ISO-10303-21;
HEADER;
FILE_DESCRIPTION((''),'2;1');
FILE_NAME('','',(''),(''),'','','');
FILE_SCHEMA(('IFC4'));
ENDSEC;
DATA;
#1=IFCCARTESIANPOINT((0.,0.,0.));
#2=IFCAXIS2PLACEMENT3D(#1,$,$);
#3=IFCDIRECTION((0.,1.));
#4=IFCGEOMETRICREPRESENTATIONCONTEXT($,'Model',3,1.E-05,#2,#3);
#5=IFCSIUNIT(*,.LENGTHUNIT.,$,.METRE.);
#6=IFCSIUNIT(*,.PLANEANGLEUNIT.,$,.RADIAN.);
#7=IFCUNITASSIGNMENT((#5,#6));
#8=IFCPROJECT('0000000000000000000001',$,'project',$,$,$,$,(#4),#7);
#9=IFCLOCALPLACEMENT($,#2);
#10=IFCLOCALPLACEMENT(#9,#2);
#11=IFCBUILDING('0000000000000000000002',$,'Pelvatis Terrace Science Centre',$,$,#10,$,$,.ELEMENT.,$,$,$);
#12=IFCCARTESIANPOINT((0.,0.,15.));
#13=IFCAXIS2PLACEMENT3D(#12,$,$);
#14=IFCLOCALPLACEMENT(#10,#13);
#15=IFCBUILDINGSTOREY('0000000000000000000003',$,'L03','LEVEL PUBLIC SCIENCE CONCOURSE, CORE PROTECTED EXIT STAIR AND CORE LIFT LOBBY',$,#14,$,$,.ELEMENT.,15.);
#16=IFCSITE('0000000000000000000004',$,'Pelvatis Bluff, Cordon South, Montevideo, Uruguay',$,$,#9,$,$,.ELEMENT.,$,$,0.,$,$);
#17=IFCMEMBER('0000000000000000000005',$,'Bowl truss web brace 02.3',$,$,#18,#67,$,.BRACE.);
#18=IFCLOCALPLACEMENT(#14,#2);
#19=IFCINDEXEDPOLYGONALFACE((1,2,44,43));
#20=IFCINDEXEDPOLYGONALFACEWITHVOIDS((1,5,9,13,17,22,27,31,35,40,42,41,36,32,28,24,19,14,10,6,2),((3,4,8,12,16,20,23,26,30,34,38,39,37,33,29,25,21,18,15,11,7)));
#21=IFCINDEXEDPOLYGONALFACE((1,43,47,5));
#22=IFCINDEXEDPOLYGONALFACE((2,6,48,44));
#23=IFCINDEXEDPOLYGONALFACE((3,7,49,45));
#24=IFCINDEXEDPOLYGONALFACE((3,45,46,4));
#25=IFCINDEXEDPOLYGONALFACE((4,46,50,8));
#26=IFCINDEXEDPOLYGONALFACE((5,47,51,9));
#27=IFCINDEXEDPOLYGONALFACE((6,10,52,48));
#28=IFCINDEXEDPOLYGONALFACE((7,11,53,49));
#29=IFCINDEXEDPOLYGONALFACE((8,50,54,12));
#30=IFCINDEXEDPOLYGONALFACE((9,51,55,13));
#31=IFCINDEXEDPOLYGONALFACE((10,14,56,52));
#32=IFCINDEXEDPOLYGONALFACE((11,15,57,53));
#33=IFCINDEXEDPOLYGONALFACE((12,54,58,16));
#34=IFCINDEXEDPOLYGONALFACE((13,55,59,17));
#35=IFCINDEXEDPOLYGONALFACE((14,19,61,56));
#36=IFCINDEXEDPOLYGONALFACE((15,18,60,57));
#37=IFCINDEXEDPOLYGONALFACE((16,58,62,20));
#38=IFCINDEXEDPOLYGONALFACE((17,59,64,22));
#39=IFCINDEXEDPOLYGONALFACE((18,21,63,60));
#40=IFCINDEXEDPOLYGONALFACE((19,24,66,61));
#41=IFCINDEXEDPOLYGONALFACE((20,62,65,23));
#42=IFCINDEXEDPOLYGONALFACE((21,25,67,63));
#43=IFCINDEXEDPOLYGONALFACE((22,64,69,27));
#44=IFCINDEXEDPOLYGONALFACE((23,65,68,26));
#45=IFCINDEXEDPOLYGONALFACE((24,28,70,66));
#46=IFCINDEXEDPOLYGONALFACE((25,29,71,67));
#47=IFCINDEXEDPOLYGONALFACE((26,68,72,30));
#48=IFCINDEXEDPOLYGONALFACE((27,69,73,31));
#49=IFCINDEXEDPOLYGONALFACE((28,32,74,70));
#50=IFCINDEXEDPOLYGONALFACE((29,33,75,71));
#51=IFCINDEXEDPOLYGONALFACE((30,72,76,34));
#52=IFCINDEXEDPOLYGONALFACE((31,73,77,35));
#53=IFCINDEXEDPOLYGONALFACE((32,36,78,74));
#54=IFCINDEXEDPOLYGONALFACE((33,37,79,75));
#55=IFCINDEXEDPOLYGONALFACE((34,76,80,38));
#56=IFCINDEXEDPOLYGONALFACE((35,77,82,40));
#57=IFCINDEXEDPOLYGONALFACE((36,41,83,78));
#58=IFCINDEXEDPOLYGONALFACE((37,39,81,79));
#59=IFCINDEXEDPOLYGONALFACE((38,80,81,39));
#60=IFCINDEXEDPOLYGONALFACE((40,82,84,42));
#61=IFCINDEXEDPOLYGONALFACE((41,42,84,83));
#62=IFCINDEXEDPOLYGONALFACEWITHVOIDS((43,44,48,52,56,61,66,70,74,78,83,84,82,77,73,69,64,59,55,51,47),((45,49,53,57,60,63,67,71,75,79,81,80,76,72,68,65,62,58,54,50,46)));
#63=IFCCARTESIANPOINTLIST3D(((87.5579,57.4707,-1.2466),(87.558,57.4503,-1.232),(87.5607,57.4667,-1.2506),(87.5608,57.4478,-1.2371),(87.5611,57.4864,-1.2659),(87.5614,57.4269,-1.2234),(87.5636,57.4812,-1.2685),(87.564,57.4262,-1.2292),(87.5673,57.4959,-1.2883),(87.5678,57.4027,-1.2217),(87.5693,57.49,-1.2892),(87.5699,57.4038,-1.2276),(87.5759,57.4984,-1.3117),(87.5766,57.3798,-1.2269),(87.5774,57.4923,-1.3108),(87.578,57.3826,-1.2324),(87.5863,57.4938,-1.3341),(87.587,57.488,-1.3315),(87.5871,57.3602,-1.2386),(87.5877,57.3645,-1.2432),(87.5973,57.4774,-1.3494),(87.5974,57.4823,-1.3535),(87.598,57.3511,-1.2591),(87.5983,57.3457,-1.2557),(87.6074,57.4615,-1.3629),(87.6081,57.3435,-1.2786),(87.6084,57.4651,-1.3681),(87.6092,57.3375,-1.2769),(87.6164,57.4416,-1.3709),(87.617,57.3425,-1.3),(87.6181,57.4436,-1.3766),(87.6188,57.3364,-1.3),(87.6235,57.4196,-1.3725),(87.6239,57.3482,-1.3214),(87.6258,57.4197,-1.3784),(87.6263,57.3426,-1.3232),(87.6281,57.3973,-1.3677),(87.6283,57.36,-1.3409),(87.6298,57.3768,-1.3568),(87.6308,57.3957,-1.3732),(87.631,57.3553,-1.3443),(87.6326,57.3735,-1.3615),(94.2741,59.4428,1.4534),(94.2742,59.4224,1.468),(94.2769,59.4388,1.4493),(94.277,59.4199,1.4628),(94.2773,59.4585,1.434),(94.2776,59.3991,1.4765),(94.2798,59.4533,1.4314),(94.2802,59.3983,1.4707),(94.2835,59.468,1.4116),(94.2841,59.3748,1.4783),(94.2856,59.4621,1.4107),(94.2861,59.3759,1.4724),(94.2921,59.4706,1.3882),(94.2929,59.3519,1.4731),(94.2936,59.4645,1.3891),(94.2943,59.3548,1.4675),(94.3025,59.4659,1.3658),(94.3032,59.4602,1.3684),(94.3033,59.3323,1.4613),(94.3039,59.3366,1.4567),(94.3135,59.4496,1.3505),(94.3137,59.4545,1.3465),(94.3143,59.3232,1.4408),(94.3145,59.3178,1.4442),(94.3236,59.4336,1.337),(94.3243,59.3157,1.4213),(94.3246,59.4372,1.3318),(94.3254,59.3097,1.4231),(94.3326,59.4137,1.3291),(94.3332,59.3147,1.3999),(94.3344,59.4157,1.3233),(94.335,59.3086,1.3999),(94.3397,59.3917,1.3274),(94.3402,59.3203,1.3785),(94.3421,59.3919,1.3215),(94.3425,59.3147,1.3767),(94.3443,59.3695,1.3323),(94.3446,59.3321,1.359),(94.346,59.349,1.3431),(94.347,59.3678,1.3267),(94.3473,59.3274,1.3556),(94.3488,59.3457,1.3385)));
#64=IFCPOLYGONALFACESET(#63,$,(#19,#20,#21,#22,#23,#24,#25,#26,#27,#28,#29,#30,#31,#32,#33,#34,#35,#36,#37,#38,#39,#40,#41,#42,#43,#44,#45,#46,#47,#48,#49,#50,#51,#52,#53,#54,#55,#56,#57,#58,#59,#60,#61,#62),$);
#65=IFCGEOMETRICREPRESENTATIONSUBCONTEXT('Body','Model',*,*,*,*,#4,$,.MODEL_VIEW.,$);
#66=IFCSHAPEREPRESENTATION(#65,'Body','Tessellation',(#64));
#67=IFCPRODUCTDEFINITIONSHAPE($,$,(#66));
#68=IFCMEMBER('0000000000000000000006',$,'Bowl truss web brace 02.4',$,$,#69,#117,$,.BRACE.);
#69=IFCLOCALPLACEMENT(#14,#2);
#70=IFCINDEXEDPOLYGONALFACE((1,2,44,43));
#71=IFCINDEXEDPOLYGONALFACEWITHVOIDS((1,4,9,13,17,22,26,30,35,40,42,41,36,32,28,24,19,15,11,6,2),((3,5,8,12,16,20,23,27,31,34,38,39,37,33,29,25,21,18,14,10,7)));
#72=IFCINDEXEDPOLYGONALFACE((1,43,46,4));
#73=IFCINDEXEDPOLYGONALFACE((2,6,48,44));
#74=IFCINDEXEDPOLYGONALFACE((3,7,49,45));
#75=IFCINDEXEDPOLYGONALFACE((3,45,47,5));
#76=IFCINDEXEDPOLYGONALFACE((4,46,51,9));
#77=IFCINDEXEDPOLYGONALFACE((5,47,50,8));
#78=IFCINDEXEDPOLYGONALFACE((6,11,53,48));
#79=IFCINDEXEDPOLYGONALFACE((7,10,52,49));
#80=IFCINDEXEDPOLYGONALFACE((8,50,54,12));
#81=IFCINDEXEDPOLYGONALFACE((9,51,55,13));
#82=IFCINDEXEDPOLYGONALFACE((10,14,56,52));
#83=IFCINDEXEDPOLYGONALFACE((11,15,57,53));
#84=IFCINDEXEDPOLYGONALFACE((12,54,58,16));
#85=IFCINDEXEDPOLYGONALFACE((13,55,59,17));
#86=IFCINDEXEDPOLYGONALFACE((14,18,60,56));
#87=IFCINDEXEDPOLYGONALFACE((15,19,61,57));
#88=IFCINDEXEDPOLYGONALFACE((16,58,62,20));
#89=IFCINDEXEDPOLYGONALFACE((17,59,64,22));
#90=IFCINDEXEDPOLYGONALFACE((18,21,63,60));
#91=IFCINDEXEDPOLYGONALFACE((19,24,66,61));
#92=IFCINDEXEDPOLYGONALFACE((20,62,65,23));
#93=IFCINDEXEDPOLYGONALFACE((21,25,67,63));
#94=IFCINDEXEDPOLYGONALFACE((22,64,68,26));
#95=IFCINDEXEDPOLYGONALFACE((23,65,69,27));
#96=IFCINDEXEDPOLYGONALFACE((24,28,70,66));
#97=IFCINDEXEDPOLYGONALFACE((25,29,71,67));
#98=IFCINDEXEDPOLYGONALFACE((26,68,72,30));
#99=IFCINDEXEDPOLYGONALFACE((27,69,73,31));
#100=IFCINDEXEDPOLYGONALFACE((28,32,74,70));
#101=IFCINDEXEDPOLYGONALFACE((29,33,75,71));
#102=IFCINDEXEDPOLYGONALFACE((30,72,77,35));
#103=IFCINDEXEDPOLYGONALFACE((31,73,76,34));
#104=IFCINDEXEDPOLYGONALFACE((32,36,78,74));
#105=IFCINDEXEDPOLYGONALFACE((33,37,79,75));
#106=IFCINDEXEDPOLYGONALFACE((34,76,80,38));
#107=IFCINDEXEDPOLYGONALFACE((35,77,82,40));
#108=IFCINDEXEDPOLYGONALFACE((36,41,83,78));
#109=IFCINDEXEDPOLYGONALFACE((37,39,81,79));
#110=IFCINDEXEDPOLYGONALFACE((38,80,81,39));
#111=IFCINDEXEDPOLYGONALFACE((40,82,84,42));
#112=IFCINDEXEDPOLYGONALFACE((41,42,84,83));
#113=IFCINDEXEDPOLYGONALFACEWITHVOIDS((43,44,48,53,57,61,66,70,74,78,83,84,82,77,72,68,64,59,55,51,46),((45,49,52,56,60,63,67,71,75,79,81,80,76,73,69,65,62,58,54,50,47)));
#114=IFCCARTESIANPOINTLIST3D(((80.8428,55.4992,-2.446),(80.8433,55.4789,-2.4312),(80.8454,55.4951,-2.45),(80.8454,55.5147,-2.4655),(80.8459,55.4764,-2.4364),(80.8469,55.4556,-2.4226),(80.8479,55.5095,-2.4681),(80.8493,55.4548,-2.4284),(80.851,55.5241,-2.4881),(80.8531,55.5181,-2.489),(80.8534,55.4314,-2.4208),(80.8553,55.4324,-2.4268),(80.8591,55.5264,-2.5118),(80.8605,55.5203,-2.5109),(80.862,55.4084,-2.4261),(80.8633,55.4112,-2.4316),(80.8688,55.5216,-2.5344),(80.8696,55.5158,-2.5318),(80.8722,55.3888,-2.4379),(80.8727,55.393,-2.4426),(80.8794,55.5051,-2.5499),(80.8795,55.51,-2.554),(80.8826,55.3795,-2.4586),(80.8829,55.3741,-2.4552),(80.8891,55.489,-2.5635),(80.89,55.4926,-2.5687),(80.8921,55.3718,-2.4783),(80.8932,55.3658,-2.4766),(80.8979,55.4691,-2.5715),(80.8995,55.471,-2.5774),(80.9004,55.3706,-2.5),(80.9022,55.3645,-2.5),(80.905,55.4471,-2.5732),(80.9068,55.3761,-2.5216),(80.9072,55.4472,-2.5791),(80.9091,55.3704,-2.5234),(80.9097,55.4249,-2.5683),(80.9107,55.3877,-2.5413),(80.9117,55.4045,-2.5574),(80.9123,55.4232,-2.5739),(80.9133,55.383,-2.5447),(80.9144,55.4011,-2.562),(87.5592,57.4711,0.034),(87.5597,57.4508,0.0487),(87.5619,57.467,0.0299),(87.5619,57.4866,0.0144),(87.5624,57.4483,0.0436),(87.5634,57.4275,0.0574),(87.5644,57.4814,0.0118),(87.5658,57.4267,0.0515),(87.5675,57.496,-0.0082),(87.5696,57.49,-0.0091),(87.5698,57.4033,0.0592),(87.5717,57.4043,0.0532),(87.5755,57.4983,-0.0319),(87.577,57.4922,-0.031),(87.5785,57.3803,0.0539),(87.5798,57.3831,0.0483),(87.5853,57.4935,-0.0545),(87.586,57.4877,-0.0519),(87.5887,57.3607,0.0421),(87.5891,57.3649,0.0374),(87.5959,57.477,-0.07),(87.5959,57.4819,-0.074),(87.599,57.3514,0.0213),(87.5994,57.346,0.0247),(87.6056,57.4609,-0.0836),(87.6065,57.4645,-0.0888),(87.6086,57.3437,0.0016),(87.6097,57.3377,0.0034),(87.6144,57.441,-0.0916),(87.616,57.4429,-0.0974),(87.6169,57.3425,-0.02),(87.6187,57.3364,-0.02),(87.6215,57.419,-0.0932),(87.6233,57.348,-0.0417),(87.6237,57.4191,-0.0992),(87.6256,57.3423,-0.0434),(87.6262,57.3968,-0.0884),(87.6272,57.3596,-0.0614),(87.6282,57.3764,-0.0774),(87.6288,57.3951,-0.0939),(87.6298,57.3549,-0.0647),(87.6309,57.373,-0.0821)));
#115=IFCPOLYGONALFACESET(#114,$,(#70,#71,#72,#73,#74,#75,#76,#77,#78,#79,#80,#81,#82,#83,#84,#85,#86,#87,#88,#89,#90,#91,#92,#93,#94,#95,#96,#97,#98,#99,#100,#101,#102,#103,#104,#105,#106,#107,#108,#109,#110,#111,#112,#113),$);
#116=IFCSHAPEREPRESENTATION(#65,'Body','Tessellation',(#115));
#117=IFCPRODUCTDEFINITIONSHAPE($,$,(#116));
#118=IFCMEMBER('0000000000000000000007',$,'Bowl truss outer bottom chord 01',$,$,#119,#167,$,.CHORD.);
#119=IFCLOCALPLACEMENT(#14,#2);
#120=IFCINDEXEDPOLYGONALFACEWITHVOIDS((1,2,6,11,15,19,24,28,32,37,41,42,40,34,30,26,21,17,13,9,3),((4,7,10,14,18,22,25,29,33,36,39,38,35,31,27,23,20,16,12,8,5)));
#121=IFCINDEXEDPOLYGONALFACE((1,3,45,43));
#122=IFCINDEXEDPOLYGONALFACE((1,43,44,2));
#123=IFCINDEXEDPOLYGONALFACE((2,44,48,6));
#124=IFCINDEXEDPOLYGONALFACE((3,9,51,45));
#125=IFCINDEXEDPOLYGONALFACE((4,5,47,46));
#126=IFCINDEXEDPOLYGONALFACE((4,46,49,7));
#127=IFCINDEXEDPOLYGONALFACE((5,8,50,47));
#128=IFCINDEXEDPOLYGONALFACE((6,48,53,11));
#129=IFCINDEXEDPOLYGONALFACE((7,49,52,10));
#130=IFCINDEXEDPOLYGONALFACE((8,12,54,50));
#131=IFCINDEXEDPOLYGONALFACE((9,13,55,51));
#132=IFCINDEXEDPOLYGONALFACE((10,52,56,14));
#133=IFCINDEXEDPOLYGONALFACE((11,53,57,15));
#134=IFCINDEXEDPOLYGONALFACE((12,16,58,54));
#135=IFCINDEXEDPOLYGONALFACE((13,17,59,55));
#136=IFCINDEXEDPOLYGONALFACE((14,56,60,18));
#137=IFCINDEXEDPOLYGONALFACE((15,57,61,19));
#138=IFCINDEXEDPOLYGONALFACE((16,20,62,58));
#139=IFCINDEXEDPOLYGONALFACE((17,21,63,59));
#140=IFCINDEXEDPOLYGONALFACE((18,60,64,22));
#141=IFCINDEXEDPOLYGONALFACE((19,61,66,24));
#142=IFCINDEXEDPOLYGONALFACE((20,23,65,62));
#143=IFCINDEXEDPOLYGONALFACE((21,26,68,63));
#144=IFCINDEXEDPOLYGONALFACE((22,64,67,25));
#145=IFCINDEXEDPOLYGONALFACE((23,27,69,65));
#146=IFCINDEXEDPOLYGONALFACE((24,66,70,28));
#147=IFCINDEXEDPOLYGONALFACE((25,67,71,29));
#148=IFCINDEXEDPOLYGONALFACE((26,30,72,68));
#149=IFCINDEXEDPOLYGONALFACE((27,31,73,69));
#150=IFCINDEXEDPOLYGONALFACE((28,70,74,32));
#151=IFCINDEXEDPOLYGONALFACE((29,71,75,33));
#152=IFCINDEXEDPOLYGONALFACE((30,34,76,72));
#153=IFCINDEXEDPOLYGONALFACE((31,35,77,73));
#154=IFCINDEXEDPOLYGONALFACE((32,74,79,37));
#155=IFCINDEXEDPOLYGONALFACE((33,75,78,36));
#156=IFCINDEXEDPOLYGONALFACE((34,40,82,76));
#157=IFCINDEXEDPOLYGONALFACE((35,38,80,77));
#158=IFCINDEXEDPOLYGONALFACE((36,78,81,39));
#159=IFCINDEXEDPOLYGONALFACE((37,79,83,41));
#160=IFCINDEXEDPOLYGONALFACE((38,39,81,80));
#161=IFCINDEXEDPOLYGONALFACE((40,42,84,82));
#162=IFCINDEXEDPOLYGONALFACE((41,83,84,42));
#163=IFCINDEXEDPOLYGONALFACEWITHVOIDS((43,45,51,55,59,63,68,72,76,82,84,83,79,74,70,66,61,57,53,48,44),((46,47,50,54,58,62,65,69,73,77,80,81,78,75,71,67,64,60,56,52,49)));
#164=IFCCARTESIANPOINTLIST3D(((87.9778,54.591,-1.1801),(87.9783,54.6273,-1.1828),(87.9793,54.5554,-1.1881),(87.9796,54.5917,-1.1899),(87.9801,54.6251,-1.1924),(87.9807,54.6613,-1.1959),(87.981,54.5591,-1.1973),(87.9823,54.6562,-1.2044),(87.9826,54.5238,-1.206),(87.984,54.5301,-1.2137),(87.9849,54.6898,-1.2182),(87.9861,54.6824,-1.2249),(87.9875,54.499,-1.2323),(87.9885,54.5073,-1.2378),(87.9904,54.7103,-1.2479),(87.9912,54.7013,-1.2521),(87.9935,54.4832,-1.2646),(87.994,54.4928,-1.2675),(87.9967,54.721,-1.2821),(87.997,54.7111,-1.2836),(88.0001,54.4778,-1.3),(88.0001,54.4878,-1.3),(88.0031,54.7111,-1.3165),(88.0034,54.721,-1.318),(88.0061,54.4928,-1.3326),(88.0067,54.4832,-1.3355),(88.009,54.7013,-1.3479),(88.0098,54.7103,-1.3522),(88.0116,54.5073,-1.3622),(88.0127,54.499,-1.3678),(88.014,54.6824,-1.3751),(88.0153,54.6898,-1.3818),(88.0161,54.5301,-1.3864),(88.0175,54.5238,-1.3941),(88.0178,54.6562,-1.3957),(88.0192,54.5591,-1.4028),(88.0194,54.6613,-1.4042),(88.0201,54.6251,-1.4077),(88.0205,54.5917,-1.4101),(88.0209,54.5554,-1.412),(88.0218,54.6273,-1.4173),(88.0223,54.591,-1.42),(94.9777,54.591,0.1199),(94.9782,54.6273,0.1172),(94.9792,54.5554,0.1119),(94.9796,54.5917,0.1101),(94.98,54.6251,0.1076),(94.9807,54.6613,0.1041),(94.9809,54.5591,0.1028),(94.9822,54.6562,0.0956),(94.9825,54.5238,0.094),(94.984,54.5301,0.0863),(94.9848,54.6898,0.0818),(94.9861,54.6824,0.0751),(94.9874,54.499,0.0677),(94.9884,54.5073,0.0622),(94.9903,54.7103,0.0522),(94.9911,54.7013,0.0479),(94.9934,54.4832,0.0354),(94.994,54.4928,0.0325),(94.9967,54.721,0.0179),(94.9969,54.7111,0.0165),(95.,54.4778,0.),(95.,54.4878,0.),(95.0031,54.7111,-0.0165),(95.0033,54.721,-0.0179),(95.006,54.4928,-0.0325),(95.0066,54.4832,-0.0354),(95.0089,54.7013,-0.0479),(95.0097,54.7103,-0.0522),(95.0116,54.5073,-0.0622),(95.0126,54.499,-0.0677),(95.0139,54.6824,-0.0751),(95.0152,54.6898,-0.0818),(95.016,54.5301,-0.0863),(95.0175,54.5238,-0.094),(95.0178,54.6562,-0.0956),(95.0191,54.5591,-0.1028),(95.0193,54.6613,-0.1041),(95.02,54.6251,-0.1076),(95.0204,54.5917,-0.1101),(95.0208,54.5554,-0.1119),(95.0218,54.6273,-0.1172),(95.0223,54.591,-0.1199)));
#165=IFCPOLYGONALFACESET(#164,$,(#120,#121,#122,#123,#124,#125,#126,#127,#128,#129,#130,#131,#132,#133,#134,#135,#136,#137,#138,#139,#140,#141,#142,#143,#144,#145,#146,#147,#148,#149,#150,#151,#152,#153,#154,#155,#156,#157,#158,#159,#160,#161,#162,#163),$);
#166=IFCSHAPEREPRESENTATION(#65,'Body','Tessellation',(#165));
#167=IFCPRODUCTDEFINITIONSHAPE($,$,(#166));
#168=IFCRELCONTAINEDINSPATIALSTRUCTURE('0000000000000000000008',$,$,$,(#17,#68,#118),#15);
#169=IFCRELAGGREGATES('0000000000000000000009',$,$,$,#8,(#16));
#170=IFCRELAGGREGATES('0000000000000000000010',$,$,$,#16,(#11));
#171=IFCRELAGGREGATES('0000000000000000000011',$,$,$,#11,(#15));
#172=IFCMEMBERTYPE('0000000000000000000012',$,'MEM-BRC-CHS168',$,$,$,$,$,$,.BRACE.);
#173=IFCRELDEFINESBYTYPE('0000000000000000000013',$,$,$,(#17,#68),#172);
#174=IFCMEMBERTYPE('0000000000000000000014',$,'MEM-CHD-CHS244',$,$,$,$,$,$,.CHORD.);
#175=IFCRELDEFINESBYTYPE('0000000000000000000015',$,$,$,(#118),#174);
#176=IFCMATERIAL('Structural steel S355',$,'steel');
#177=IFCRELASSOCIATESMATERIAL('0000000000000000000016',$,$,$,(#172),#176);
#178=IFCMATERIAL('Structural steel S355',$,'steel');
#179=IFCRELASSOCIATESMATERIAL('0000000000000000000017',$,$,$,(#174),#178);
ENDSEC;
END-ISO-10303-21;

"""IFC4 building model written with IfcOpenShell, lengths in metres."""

from ifc_helpers import new_model, si_unit, direction, frame, origin, origin_2d, place, context, subcontext, project, spatial, hollow_circle, extrude, material, material_profile, profile_set, type_object, element, save


model = new_model("IFC4")

# Units and contexts
model_context = context("Model", 3, precision=1e-05, world=origin(), true_north=direction((0.0, 1.0)))
body_context = subcontext(model_context, "Body", "Model", "MODEL_VIEW")
ifc_project = project(units=[si_unit("LENGTHUNIT", "METRE"), si_unit("PLANEANGLEUNIT", "RADIAN")], contexts=[model_context])

# Site, building, storey
site_placement = place(None, origin())
site = spatial("IfcSite", under=ifc_project, at=site_placement, Name="Pelvatis Bluff, Cordon South, Montevideo, Uruguay", CompositionType="ELEMENT", RefElevation=0.0)
building_placement = place(site_placement, origin())
building = spatial("IfcBuilding", under=site, at=building_placement, Name="Pelvatis Terrace Science Centre", CompositionType="ELEMENT")
storey_placement = place(building_placement, frame((0.0, 0.0, 15.0)))
storey = spatial("IfcBuildingStorey", under=building, at=storey_placement, Name="L03", Description="LEVEL PUBLIC SCIENCE CONCOURSE, CORE PROTECTED EXIT STAIR AND CORE LIFT LOBBY", CompositionType="ELEMENT", Elevation=15.0)

# Members
ifc_material_1 = material(Name="Structural steel S355", Category="steel")
ifc_material_profile_1 = material_profile(ifc_material_1, hollow_circle(Radius=0.0842, WallThickness=0.0063, at=origin_2d()), Name="CHS 168.3x6.3")
ifc_profile_set_1 = profile_set([ifc_material_profile_1], Name="Structural steel S355")
member_type_1 = type_object("IfcMemberType", Name="MEM-BRC-CHS168", PredefinedType="BRACE", material=ifc_profile_set_1)
member_1_placement = place(storey_placement, frame((94.3113, 59.3894, 1.3999), z_axis=(-0.895206, -0.262867, -0.359872), x_axis=(0.281743, -0.95949, 0.0)))
element("IfcMember", 1, at=member_1_placement, inside=storey, type_object=member_type_1, Name="Bowl truss web brace 02.3", PredefinedType="BRACE", context=body_context, shape_type="SweptSolid", body=[
    extrude(hollow_circle(Radius=0.0842, WallThickness=0.0063, at=origin_2d()), origin(), (0.0, 0.0, 1.0), 7.5024),
])
member_2_placement = place(storey_placement, frame((87.595, 57.4172, -0.02), z_axis=(-0.90442, -0.26553, -0.333943), x_axis=(0.281702, -0.959502, 0.0)))
element("IfcMember", 2, at=member_2_placement, inside=storey, type_object=member_type_1, Name="Bowl truss web brace 02.4", PredefinedType="BRACE", context=body_context, shape_type="SweptSolid", body=[
    extrude(hollow_circle(Radius=0.0842, WallThickness=0.0063, at=origin_2d()), origin(), (0.0, 0.0, 1.0), 7.4263),
])
ifc_material_2 = material(Name="Structural steel S355", Category="steel")
ifc_material_profile_2 = material_profile(ifc_material_2, hollow_circle(Radius=0.1223, WallThickness=0.01, at=origin_2d()), Name="CHS 244.5x10.0")
ifc_profile_set_2 = profile_set([ifc_material_profile_2], Name="Structural steel S355")
member_type_2 = type_object("IfcMemberType", Name="MEM-CHD-CHS244", PredefinedType="CHORD", material=ifc_profile_set_2)
member_3_placement = place(storey_placement, frame((95.0, 54.6001, 0.0), z_axis=(-0.983188, 0.0, -0.182599), x_axis=(0.0, -1.0, 0.0)))
element("IfcMember", 3, at=member_3_placement, inside=storey, type_object=member_type_2, Name="Bowl truss outer bottom chord 01", PredefinedType="CHORD", context=body_context, shape_type="SweptSolid", body=[
    extrude(hollow_circle(Radius=0.1223, WallThickness=0.01, at=origin_2d()), origin(), (0.0, 0.0, 1.0), 7.1196),
])

save(model, "model.ifc")
